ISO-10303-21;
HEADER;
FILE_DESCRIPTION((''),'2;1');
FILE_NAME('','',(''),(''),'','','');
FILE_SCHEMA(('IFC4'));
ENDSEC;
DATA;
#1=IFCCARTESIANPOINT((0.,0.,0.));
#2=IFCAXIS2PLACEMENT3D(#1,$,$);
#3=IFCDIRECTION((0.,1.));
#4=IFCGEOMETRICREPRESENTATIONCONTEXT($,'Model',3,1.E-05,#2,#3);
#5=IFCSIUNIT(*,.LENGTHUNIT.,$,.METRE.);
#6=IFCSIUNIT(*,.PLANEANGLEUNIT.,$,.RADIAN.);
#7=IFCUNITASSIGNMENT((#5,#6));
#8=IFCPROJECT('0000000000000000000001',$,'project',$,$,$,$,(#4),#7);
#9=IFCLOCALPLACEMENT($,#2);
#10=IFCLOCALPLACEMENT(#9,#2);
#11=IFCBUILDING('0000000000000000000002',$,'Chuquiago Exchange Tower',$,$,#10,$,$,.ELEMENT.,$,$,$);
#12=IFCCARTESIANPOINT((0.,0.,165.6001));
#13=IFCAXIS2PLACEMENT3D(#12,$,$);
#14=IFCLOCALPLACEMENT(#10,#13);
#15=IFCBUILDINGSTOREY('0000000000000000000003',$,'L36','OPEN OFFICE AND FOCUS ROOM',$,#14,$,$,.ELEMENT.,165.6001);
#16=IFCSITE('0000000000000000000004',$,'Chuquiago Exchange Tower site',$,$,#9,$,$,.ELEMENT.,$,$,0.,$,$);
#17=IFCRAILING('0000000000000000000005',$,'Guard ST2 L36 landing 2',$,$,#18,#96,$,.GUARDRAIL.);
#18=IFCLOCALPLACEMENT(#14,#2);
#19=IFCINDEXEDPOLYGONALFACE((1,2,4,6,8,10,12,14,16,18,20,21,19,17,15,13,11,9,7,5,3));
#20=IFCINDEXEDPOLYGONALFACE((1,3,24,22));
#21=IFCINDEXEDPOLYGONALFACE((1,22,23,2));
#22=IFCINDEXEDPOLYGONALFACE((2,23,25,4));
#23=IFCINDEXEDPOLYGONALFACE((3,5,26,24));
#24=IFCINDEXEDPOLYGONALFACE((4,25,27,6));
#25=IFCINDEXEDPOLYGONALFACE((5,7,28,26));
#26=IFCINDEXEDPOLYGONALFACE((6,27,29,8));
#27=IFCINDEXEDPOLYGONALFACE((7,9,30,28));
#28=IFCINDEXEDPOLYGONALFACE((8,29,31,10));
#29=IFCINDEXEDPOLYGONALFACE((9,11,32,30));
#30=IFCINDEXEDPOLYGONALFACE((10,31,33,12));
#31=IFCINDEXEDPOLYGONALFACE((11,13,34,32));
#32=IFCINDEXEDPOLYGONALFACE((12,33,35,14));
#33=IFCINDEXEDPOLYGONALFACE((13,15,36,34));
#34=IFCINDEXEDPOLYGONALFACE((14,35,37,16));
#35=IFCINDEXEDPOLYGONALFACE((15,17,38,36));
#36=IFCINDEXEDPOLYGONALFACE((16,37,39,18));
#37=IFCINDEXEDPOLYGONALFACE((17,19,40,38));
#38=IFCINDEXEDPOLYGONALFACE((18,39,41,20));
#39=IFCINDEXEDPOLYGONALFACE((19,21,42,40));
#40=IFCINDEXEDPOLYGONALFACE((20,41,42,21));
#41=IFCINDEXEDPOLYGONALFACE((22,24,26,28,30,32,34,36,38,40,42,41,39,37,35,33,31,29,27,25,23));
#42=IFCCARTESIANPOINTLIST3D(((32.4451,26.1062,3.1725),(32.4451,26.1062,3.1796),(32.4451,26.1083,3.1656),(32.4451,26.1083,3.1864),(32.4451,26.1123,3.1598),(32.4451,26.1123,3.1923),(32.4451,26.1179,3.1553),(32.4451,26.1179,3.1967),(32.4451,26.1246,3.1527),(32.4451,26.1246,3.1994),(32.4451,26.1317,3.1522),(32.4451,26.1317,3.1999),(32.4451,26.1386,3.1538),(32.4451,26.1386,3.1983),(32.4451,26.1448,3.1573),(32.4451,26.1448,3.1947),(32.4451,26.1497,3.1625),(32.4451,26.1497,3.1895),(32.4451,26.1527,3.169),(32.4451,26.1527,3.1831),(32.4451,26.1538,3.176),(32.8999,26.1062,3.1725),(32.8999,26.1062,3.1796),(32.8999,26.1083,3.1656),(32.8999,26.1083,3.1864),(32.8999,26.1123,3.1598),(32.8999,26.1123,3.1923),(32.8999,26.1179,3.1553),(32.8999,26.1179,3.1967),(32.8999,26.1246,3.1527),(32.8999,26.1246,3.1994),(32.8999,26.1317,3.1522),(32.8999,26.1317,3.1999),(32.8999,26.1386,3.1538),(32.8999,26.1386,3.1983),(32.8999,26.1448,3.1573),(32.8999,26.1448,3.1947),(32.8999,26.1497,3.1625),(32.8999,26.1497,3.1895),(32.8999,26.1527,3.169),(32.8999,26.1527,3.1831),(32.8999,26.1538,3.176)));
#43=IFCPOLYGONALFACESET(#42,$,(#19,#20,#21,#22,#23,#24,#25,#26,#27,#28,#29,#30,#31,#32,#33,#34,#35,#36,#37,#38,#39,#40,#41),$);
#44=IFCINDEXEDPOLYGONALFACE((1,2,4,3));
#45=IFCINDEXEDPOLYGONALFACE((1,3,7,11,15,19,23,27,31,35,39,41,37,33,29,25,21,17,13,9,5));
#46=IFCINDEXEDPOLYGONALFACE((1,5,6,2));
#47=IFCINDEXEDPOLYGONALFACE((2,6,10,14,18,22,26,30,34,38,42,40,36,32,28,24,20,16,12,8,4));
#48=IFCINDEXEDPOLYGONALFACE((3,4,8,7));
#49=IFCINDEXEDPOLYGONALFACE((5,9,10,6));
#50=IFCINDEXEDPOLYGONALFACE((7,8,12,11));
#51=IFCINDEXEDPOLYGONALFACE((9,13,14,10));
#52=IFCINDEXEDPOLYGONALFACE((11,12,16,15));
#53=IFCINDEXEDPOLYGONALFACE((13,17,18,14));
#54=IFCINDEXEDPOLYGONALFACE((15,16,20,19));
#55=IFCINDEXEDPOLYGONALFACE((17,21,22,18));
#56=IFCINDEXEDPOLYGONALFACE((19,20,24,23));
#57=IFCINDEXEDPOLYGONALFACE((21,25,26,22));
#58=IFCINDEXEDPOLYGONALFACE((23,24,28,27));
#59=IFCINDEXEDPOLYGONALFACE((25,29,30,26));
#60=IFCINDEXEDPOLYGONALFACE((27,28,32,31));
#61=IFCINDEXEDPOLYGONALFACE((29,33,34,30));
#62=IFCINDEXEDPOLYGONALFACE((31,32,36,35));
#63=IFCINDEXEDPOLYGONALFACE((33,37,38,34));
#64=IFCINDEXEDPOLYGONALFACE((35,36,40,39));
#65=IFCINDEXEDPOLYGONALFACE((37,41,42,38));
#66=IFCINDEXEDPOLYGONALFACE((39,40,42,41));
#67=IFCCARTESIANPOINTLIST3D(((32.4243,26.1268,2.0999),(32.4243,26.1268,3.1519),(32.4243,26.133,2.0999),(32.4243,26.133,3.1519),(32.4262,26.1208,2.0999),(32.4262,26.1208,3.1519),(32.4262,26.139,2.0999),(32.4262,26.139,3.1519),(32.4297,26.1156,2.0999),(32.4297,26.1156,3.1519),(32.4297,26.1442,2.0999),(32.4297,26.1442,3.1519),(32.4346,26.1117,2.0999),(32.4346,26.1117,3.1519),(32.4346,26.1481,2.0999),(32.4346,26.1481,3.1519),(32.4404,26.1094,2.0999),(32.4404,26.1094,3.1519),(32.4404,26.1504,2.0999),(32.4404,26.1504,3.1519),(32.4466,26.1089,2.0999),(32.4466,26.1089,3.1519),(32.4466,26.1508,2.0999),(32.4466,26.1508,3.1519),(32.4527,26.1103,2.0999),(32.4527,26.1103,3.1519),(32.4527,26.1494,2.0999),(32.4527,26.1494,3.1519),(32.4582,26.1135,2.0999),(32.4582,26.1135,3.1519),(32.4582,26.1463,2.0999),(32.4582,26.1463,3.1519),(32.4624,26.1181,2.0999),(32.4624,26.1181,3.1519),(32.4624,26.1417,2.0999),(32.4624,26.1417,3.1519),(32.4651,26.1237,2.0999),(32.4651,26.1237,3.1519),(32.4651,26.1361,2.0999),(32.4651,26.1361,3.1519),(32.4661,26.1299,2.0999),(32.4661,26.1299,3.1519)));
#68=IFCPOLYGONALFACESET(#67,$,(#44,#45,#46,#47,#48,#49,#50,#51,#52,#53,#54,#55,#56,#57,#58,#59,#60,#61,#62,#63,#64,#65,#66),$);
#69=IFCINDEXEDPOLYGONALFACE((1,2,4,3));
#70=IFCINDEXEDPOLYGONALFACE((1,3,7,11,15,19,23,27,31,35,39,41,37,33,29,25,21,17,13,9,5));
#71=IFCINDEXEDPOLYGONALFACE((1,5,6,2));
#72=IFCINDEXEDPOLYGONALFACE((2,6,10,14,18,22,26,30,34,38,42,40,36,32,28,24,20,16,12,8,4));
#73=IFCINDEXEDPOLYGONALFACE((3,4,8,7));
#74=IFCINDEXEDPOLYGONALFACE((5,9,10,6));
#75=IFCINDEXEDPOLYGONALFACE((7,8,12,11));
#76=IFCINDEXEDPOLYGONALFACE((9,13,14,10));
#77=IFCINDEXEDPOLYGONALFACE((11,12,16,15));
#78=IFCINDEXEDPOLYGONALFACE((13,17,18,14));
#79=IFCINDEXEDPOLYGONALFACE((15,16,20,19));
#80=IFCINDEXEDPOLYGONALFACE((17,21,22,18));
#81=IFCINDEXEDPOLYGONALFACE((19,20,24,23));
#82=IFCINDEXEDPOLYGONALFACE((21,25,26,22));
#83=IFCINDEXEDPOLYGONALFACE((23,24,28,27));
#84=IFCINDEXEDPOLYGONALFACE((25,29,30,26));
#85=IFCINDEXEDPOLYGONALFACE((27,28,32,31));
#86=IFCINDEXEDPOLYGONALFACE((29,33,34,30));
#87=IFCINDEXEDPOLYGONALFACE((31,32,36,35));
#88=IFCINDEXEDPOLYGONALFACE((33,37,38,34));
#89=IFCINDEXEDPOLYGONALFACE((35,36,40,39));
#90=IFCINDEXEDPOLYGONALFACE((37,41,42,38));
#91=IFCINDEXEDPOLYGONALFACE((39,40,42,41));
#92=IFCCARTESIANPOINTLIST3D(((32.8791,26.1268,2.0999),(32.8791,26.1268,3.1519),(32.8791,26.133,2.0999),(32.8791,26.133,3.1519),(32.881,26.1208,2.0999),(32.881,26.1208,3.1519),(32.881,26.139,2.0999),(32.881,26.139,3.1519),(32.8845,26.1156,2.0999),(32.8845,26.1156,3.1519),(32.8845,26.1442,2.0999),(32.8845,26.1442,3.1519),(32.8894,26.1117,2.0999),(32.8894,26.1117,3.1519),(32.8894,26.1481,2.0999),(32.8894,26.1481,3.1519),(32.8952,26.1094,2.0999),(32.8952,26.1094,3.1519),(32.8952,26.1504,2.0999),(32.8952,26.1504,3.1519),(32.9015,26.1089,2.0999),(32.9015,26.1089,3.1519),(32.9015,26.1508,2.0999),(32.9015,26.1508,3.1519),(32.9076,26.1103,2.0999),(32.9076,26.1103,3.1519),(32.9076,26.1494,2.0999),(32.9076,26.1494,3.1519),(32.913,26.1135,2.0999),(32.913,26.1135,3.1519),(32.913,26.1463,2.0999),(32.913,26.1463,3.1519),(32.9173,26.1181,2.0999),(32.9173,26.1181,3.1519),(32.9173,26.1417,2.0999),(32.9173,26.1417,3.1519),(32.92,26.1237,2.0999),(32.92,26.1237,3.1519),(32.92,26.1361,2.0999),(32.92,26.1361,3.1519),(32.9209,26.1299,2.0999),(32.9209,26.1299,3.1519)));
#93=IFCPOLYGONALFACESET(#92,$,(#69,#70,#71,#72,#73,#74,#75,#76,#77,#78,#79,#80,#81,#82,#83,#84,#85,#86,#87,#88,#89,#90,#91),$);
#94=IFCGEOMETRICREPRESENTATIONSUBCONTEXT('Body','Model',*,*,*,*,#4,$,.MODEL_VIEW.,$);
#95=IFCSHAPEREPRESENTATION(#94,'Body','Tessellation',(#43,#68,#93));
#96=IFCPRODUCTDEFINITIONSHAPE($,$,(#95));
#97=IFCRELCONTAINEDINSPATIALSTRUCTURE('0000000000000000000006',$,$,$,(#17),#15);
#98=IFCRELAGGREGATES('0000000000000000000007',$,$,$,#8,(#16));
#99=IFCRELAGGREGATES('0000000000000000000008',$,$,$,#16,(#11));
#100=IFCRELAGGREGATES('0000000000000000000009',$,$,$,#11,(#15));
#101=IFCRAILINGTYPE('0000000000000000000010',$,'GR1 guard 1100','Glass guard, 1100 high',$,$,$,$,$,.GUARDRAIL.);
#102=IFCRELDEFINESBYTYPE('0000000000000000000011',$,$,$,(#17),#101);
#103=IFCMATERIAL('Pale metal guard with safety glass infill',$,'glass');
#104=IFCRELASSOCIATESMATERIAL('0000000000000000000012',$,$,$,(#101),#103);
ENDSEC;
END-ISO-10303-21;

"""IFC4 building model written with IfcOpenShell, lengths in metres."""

from ifc_helpers import new_model, si_unit, direction, frame, origin, origin_2d, place, context, subcontext, project, spatial, circle, extrude, material, type_object, element, save


model = new_model("IFC4")

# Units and contexts
model_context = context("Model", 3, precision=1e-05, world=origin(), true_north=direction((0.0, 1.0)))
body_context = subcontext(model_context, "Body", "Model", "MODEL_VIEW")
ifc_project = project(units=[si_unit("LENGTHUNIT", "METRE"), si_unit("PLANEANGLEUNIT", "RADIAN")], contexts=[model_context])

# Site, building, storey
site_placement = place(None, origin())
site = spatial("IfcSite", under=ifc_project, at=site_placement, Name="Chuquiago Exchange Tower site", CompositionType="ELEMENT", RefElevation=0.0)
building_placement = place(site_placement, origin())
building = spatial("IfcBuilding", under=site, at=building_placement, Name="Chuquiago Exchange Tower", CompositionType="ELEMENT")
storey_placement = place(building_placement, frame((0.0, 0.0, 165.6001)))
storey = spatial("IfcBuildingStorey", under=building, at=storey_placement, Name="L36", Description="OPEN OFFICE AND FOCUS ROOM", CompositionType="ELEMENT", Elevation=165.6001)

# Railing
ifc_material_1 = material(Name="Pale metal guard with safety glass infill", Category="glass")
railing_type_1 = type_object("IfcRailingType", Name="GR1 guard 1100", Description="Glass guard, 1100 high", PredefinedType="GUARDRAIL", material=ifc_material_1)
railing_placement = place(storey_placement, frame((32.4451, 26.1299, 2.0999)))
element("IfcRailing", 1, at=railing_placement, inside=storey, type_object=railing_type_1, Name="Guard ST2 L36 landing 2", PredefinedType="GUARDRAIL", context=body_context, shape_type="SweptSolid", body=[
    extrude(circle(Radius=0.0239, at=origin_2d()), frame((0.0, 0.0, 1.0762), z_axis=(1.0, 0.0, 0.0), x_axis=(0.0, 1.0, 0.0)), (0.0, 0.0, 1.0), 0.4548),
    extrude(circle(Radius=0.021, at=origin_2d()), origin(), (0.0, 0.0, 1.0), 1.052),
    extrude(circle(Radius=0.021, at=origin_2d()), frame((0.4548, 0.0, 0.0)), (0.0, 0.0, 1.0), 1.052),
])

save(model, "model.ifc")
